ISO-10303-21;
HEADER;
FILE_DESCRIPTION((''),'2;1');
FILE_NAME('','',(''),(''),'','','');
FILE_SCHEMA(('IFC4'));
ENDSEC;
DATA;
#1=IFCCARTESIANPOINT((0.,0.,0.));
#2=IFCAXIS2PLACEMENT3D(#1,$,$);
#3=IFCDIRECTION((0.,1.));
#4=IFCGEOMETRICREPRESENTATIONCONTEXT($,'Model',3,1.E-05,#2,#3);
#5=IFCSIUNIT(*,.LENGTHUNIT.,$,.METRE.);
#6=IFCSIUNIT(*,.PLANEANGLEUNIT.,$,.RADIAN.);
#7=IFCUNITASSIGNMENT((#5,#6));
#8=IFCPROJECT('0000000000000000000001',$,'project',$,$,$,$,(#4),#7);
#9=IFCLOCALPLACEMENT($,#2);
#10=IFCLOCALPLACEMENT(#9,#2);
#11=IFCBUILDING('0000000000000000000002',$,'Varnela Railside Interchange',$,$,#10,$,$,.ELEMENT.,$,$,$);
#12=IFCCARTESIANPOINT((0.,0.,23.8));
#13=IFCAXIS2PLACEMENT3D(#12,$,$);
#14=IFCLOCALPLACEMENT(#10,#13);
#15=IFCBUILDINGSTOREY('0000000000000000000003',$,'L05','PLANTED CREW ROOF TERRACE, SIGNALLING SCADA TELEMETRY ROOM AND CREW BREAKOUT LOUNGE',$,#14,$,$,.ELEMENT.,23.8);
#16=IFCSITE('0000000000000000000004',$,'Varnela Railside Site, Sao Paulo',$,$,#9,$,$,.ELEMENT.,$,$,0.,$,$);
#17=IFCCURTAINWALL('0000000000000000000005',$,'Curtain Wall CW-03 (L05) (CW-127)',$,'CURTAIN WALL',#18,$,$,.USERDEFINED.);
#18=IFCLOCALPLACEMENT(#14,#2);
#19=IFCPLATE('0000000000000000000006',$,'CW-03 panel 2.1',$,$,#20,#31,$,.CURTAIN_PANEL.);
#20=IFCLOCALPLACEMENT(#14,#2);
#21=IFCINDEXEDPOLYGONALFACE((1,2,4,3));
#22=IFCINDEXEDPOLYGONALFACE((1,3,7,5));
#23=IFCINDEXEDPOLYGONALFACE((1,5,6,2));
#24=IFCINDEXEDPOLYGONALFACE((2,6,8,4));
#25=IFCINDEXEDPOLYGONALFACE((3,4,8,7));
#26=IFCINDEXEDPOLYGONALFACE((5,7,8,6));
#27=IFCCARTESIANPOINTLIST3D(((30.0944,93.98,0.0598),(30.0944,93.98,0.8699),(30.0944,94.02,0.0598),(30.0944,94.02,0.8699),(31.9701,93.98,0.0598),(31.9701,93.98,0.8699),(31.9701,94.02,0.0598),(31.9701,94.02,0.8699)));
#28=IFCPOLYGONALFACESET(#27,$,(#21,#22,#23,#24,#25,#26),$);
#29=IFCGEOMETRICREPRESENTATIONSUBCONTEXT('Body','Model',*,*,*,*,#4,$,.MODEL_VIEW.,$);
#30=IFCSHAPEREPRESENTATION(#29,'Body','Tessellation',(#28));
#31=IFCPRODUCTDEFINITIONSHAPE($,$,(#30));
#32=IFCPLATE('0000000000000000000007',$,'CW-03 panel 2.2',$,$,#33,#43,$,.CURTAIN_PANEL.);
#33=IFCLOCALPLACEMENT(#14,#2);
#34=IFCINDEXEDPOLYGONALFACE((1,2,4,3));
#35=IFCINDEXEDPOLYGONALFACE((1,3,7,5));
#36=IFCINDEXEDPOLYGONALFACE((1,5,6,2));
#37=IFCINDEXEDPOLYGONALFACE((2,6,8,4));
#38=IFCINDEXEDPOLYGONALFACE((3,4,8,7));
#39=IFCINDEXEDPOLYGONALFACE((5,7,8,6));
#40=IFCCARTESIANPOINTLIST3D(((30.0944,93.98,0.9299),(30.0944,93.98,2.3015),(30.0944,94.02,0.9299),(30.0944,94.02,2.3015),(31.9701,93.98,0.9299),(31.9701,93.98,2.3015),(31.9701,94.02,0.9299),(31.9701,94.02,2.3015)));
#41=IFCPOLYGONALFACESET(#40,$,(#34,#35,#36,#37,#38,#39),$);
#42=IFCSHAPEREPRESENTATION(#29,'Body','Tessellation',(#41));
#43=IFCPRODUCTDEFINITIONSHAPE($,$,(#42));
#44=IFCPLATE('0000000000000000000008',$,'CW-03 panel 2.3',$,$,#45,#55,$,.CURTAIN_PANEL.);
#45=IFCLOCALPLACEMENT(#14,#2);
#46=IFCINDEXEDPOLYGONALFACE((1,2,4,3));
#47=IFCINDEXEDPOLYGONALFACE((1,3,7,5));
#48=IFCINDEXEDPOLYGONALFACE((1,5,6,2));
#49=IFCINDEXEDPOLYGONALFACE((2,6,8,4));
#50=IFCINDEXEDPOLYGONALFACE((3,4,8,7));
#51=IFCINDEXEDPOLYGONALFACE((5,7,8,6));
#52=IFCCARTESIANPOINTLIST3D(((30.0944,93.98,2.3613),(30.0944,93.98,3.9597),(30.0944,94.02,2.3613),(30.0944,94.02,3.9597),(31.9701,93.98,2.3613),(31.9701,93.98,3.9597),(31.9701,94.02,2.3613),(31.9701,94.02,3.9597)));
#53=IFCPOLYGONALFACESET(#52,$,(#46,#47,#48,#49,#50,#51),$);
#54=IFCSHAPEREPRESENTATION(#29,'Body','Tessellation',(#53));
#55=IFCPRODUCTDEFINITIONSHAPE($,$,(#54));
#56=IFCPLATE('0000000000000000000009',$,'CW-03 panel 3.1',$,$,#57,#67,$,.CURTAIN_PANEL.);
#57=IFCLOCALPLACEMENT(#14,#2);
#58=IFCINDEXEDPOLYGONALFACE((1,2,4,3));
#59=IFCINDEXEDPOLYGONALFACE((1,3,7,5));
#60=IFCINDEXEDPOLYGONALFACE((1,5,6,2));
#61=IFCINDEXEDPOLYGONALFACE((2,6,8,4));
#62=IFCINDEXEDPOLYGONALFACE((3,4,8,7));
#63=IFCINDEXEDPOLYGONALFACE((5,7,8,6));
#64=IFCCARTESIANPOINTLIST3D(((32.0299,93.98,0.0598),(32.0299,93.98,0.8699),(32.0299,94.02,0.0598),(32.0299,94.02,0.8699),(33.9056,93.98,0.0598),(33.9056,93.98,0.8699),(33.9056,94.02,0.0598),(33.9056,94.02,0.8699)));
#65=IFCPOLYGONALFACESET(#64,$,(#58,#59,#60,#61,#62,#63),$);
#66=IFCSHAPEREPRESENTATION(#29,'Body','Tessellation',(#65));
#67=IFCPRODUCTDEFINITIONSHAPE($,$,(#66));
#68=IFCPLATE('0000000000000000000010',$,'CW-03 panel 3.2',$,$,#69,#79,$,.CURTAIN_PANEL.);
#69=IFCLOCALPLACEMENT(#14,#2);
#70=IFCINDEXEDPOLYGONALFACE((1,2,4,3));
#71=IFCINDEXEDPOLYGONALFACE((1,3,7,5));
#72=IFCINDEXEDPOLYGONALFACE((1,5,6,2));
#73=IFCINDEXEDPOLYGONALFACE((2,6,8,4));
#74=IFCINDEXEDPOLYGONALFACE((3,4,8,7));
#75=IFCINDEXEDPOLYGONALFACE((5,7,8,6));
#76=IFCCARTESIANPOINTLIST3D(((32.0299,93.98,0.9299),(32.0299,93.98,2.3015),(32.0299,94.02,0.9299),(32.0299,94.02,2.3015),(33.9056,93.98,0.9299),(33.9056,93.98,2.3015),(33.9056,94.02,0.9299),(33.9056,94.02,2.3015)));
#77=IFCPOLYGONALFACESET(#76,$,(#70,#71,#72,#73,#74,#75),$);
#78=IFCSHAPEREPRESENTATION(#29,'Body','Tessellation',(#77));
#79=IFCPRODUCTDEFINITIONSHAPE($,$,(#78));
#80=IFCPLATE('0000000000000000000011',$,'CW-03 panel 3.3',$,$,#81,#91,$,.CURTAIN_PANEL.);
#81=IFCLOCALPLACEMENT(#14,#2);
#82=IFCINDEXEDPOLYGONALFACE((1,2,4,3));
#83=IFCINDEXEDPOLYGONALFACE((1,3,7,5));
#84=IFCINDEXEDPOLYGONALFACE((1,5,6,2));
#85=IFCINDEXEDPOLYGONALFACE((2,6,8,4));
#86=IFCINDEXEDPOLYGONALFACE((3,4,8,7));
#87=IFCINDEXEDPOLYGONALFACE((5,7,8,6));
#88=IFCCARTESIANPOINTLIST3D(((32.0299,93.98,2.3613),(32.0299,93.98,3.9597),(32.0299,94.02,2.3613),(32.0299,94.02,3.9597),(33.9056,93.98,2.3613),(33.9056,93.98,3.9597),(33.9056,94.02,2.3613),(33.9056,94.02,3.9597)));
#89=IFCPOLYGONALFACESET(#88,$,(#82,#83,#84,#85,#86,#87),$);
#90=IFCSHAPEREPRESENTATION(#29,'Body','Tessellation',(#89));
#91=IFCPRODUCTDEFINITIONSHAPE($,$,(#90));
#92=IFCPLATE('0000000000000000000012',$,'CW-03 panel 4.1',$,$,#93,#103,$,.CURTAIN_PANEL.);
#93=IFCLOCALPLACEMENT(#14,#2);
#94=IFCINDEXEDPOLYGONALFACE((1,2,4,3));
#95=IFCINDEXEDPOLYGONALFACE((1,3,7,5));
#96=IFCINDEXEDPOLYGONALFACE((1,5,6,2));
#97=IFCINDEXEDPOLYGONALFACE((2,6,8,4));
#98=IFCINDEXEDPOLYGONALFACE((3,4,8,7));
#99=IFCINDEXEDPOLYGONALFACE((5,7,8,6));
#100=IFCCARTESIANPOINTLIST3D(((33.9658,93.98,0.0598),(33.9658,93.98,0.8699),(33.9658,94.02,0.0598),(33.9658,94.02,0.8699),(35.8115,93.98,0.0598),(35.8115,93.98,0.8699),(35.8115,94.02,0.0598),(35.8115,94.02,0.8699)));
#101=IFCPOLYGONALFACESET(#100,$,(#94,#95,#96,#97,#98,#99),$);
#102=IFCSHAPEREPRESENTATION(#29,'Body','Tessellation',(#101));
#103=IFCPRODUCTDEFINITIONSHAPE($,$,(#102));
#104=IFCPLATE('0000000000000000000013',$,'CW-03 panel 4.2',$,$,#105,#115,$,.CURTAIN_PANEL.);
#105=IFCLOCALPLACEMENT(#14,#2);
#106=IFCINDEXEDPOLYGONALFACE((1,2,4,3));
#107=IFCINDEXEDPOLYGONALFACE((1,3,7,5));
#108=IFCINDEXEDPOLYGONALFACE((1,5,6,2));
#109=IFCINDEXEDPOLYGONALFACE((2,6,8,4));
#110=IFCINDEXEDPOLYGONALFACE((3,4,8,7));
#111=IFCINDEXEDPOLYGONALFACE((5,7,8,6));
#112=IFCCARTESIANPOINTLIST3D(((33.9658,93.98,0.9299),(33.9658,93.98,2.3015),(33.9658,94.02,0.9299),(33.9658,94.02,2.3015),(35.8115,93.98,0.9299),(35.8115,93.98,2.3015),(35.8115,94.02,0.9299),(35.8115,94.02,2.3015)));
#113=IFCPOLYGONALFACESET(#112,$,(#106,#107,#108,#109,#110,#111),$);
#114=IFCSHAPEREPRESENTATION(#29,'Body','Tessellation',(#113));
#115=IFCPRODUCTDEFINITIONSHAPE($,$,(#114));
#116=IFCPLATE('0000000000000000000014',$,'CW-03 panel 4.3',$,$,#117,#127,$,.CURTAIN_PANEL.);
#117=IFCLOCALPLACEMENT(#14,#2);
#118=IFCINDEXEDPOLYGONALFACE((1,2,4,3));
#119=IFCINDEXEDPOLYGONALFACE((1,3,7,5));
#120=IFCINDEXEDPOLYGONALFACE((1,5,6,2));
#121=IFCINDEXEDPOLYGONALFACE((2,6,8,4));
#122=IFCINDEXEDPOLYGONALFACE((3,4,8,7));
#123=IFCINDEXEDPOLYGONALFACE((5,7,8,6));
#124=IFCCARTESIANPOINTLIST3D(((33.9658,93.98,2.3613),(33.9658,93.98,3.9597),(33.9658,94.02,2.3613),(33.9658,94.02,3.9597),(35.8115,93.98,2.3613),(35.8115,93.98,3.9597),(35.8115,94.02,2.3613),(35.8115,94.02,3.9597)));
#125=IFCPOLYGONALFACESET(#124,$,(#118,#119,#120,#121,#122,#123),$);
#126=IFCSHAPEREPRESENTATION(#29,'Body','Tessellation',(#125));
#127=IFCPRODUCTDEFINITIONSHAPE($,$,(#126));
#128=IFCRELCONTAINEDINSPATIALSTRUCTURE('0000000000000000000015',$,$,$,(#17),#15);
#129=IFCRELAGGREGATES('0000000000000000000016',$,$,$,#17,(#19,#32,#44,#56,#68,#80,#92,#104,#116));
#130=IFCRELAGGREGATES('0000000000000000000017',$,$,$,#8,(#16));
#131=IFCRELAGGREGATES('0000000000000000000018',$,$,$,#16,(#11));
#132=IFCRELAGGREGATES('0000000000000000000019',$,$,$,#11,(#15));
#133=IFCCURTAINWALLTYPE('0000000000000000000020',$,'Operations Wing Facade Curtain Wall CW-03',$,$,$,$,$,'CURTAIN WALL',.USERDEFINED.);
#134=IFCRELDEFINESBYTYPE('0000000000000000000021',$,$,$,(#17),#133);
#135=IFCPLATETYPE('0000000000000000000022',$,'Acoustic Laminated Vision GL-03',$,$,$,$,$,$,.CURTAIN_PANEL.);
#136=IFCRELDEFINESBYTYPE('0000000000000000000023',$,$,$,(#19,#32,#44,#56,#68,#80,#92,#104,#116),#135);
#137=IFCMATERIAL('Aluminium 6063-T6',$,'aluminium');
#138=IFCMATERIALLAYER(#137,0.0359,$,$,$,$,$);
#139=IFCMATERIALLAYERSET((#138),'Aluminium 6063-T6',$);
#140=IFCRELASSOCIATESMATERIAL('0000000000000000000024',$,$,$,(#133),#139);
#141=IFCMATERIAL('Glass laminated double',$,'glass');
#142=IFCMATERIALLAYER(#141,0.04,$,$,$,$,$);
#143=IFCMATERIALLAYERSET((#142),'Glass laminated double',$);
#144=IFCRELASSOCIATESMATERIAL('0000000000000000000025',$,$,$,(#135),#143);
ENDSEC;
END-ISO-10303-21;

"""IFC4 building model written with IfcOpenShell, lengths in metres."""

from ifc_helpers import new_model, si_unit, direction, frame, origin, origin_2d, place, context, subcontext, project, spatial, rectangle, extrude, material, layer, layer_set, type_object, element, aggregate, save


model = new_model("IFC4")

# Units and contexts
model_context = context("Model", 3, precision=1e-05, world=origin(), true_north=direction((0.0, 1.0)))
body_context = subcontext(model_context, "Body", "Model", "MODEL_VIEW")
ifc_project = project(units=[si_unit("LENGTHUNIT", "METRE"), si_unit("PLANEANGLEUNIT", "RADIAN")], contexts=[model_context])

# Site, building, storey
site_placement = place(None, origin())
site = spatial("IfcSite", under=ifc_project, at=site_placement, Name="Varnela Railside Site, Sao Paulo", CompositionType="ELEMENT", RefElevation=0.0)
building_placement = place(site_placement, origin())
building = spatial("IfcBuilding", under=site, at=building_placement, Name="Varnela Railside Interchange", CompositionType="ELEMENT")
storey_placement = place(building_placement, frame((0.0, 0.0, 23.8)))
storey = spatial("IfcBuildingStorey", under=building, at=storey_placement, Name="L05", Description="PLANTED CREW ROOF TERRACE, SIGNALLING SCADA TELEMETRY ROOM AND CREW BREAKOUT LOUNGE", CompositionType="ELEMENT", Elevation=23.8)

# Curtain wall, plates
ifc_material_1 = material(Name="Aluminium 6063-T6", Category="aluminium")
ifc_layer_1 = layer(ifc_material_1, 0.0359)
ifc_layer_set_1 = layer_set([ifc_layer_1], Name="Aluminium 6063-T6")
curtain_wall_type = type_object("IfcCurtainWallType", Name="Operations Wing Facade Curtain Wall CW-03", ElementType="CURTAIN WALL", PredefinedType="USERDEFINED", material=ifc_layer_set_1)
curtain_wall_placement = place(storey_placement, origin())
curtain_wall = element("IfcCurtainWall", 1, at=curtain_wall_placement, inside=storey, type_object=curtain_wall_type, Name="Curtain Wall CW-03 (L05) (CW-127)", ObjectType="CURTAIN WALL", PredefinedType="USERDEFINED")
ifc_material_2 = material(Name="Glass laminated double", Category="glass")
ifc_layer_2 = layer(ifc_material_2, 0.04)
ifc_layer_set_2 = layer_set([ifc_layer_2], Name="Glass laminated double")
plate_type = type_object("IfcPlateType", Name="Acoustic Laminated Vision GL-03", PredefinedType="CURTAIN_PANEL", material=ifc_layer_set_2)
plate_1_placement = place(storey_placement, frame((31.0322, 94.0, 0.0598), z_axis=(0.0, 0.0, 1.0), x_axis=(1.0, 0.0, 0.0)))
plate_1 = element("IfcPlate", 2, at=plate_1_placement, type_object=plate_type, Name="CW-03 panel 2.1", PredefinedType="CURTAIN_PANEL", context=body_context, shape_type="SweptSolid", body=[
    extrude(rectangle(XDim=1.8757, YDim=0.04, at=origin_2d()), origin(), (0.0, 0.0, 1.0), 0.8101),
])
plate_2_placement = place(storey_placement, frame((31.0322, 94.0, 0.9299), z_axis=(0.0, 0.0, 1.0), x_axis=(1.0, 0.0, 0.0)))
plate_2 = element("IfcPlate", 3, at=plate_2_placement, type_object=plate_type, Name="CW-03 panel 2.2", PredefinedType="CURTAIN_PANEL", context=body_context, shape_type="SweptSolid", body=[
    extrude(rectangle(XDim=1.8757, YDim=0.04, at=origin_2d()), origin(), (0.0, 0.0, 1.0), 1.3716),
])
plate_3_placement = place(storey_placement, frame((31.0322, 94.0, 2.3613), z_axis=(0.0, 0.0, 1.0), x_axis=(1.0, 0.0, 0.0)))
plate_3 = element("IfcPlate", 4, at=plate_3_placement, type_object=plate_type, Name="CW-03 panel 2.3", PredefinedType="CURTAIN_PANEL", context=body_context, shape_type="SweptSolid", body=[
    extrude(rectangle(XDim=1.8757, YDim=0.04, at=origin_2d()), origin(), (0.0, 0.0, 1.0), 1.5984),
])
plate_4_placement = place(storey_placement, frame((32.9678, 94.0, 0.0598), z_axis=(0.0, 0.0, 1.0), x_axis=(1.0, 0.0, 0.0)))
plate_4 = element("IfcPlate", 5, at=plate_4_placement, type_object=plate_type, Name="CW-03 panel 3.1", PredefinedType="CURTAIN_PANEL", context=body_context, shape_type="SweptSolid", body=[
    extrude(rectangle(XDim=1.8757, YDim=0.04, at=origin_2d()), origin(), (0.0, 0.0, 1.0), 0.8101),
])
plate_5_placement = place(storey_placement, frame((32.9678, 94.0, 0.9299), z_axis=(0.0, 0.0, 1.0), x_axis=(1.0, 0.0, 0.0)))
plate_5 = element("IfcPlate", 6, at=plate_5_placement, type_object=plate_type, Name="CW-03 panel 3.2", PredefinedType="CURTAIN_PANEL", context=body_context, shape_type="SweptSolid", body=[
    extrude(rectangle(XDim=1.8757, YDim=0.04, at=origin_2d()), origin(), (0.0, 0.0, 1.0), 1.3716),
])
plate_6_placement = place(storey_placement, frame((32.9678, 94.0, 2.3613), z_axis=(0.0, 0.0, 1.0), x_axis=(1.0, 0.0, 0.0)))
plate_6 = element("IfcPlate", 7, at=plate_6_placement, type_object=plate_type, Name="CW-03 panel 3.3", PredefinedType="CURTAIN_PANEL", context=body_context, shape_type="SweptSolid", body=[
    extrude(rectangle(XDim=1.8757, YDim=0.04, at=origin_2d()), origin(), (0.0, 0.0, 1.0), 1.5984),
])
plate_7_placement = place(storey_placement, frame((34.8887, 94.0, 0.0598), z_axis=(0.0, 0.0, 1.0), x_axis=(1.0, 0.0, 0.0)))
plate_7 = element("IfcPlate", 8, at=plate_7_placement, type_object=plate_type, Name="CW-03 panel 4.1", PredefinedType="CURTAIN_PANEL", context=body_context, shape_type="SweptSolid", body=[
    extrude(rectangle(XDim=1.8457, YDim=0.04, at=origin_2d()), origin(), (0.0, 0.0, 1.0), 0.8101),
])
plate_8_placement = place(storey_placement, frame((34.8887, 94.0, 0.9299), z_axis=(0.0, 0.0, 1.0), x_axis=(1.0, 0.0, 0.0)))
plate_8 = element("IfcPlate", 9, at=plate_8_placement, type_object=plate_type, Name="CW-03 panel 4.2", PredefinedType="CURTAIN_PANEL", context=body_context, shape_type="SweptSolid", body=[
    extrude(rectangle(XDim=1.8457, YDim=0.04, at=origin_2d()), origin(), (0.0, 0.0, 1.0), 1.3716),
])
plate_9_placement = place(storey_placement, frame((34.8887, 94.0, 2.3613), z_axis=(0.0, 0.0, 1.0), x_axis=(1.0, 0.0, 0.0)))
plate_9 = element("IfcPlate", 10, at=plate_9_placement, type_object=plate_type, Name="CW-03 panel 4.3", PredefinedType="CURTAIN_PANEL", context=body_context, shape_type="SweptSolid", body=[
    extrude(rectangle(XDim=1.8457, YDim=0.04, at=origin_2d()), origin(), (0.0, 0.0, 1.0), 1.5984),
])
aggregate(curtain_wall, [plate_1, plate_2, plate_3, plate_4, plate_5, plate_6, plate_7, plate_8, plate_9])

save(model, "model.ifc")
